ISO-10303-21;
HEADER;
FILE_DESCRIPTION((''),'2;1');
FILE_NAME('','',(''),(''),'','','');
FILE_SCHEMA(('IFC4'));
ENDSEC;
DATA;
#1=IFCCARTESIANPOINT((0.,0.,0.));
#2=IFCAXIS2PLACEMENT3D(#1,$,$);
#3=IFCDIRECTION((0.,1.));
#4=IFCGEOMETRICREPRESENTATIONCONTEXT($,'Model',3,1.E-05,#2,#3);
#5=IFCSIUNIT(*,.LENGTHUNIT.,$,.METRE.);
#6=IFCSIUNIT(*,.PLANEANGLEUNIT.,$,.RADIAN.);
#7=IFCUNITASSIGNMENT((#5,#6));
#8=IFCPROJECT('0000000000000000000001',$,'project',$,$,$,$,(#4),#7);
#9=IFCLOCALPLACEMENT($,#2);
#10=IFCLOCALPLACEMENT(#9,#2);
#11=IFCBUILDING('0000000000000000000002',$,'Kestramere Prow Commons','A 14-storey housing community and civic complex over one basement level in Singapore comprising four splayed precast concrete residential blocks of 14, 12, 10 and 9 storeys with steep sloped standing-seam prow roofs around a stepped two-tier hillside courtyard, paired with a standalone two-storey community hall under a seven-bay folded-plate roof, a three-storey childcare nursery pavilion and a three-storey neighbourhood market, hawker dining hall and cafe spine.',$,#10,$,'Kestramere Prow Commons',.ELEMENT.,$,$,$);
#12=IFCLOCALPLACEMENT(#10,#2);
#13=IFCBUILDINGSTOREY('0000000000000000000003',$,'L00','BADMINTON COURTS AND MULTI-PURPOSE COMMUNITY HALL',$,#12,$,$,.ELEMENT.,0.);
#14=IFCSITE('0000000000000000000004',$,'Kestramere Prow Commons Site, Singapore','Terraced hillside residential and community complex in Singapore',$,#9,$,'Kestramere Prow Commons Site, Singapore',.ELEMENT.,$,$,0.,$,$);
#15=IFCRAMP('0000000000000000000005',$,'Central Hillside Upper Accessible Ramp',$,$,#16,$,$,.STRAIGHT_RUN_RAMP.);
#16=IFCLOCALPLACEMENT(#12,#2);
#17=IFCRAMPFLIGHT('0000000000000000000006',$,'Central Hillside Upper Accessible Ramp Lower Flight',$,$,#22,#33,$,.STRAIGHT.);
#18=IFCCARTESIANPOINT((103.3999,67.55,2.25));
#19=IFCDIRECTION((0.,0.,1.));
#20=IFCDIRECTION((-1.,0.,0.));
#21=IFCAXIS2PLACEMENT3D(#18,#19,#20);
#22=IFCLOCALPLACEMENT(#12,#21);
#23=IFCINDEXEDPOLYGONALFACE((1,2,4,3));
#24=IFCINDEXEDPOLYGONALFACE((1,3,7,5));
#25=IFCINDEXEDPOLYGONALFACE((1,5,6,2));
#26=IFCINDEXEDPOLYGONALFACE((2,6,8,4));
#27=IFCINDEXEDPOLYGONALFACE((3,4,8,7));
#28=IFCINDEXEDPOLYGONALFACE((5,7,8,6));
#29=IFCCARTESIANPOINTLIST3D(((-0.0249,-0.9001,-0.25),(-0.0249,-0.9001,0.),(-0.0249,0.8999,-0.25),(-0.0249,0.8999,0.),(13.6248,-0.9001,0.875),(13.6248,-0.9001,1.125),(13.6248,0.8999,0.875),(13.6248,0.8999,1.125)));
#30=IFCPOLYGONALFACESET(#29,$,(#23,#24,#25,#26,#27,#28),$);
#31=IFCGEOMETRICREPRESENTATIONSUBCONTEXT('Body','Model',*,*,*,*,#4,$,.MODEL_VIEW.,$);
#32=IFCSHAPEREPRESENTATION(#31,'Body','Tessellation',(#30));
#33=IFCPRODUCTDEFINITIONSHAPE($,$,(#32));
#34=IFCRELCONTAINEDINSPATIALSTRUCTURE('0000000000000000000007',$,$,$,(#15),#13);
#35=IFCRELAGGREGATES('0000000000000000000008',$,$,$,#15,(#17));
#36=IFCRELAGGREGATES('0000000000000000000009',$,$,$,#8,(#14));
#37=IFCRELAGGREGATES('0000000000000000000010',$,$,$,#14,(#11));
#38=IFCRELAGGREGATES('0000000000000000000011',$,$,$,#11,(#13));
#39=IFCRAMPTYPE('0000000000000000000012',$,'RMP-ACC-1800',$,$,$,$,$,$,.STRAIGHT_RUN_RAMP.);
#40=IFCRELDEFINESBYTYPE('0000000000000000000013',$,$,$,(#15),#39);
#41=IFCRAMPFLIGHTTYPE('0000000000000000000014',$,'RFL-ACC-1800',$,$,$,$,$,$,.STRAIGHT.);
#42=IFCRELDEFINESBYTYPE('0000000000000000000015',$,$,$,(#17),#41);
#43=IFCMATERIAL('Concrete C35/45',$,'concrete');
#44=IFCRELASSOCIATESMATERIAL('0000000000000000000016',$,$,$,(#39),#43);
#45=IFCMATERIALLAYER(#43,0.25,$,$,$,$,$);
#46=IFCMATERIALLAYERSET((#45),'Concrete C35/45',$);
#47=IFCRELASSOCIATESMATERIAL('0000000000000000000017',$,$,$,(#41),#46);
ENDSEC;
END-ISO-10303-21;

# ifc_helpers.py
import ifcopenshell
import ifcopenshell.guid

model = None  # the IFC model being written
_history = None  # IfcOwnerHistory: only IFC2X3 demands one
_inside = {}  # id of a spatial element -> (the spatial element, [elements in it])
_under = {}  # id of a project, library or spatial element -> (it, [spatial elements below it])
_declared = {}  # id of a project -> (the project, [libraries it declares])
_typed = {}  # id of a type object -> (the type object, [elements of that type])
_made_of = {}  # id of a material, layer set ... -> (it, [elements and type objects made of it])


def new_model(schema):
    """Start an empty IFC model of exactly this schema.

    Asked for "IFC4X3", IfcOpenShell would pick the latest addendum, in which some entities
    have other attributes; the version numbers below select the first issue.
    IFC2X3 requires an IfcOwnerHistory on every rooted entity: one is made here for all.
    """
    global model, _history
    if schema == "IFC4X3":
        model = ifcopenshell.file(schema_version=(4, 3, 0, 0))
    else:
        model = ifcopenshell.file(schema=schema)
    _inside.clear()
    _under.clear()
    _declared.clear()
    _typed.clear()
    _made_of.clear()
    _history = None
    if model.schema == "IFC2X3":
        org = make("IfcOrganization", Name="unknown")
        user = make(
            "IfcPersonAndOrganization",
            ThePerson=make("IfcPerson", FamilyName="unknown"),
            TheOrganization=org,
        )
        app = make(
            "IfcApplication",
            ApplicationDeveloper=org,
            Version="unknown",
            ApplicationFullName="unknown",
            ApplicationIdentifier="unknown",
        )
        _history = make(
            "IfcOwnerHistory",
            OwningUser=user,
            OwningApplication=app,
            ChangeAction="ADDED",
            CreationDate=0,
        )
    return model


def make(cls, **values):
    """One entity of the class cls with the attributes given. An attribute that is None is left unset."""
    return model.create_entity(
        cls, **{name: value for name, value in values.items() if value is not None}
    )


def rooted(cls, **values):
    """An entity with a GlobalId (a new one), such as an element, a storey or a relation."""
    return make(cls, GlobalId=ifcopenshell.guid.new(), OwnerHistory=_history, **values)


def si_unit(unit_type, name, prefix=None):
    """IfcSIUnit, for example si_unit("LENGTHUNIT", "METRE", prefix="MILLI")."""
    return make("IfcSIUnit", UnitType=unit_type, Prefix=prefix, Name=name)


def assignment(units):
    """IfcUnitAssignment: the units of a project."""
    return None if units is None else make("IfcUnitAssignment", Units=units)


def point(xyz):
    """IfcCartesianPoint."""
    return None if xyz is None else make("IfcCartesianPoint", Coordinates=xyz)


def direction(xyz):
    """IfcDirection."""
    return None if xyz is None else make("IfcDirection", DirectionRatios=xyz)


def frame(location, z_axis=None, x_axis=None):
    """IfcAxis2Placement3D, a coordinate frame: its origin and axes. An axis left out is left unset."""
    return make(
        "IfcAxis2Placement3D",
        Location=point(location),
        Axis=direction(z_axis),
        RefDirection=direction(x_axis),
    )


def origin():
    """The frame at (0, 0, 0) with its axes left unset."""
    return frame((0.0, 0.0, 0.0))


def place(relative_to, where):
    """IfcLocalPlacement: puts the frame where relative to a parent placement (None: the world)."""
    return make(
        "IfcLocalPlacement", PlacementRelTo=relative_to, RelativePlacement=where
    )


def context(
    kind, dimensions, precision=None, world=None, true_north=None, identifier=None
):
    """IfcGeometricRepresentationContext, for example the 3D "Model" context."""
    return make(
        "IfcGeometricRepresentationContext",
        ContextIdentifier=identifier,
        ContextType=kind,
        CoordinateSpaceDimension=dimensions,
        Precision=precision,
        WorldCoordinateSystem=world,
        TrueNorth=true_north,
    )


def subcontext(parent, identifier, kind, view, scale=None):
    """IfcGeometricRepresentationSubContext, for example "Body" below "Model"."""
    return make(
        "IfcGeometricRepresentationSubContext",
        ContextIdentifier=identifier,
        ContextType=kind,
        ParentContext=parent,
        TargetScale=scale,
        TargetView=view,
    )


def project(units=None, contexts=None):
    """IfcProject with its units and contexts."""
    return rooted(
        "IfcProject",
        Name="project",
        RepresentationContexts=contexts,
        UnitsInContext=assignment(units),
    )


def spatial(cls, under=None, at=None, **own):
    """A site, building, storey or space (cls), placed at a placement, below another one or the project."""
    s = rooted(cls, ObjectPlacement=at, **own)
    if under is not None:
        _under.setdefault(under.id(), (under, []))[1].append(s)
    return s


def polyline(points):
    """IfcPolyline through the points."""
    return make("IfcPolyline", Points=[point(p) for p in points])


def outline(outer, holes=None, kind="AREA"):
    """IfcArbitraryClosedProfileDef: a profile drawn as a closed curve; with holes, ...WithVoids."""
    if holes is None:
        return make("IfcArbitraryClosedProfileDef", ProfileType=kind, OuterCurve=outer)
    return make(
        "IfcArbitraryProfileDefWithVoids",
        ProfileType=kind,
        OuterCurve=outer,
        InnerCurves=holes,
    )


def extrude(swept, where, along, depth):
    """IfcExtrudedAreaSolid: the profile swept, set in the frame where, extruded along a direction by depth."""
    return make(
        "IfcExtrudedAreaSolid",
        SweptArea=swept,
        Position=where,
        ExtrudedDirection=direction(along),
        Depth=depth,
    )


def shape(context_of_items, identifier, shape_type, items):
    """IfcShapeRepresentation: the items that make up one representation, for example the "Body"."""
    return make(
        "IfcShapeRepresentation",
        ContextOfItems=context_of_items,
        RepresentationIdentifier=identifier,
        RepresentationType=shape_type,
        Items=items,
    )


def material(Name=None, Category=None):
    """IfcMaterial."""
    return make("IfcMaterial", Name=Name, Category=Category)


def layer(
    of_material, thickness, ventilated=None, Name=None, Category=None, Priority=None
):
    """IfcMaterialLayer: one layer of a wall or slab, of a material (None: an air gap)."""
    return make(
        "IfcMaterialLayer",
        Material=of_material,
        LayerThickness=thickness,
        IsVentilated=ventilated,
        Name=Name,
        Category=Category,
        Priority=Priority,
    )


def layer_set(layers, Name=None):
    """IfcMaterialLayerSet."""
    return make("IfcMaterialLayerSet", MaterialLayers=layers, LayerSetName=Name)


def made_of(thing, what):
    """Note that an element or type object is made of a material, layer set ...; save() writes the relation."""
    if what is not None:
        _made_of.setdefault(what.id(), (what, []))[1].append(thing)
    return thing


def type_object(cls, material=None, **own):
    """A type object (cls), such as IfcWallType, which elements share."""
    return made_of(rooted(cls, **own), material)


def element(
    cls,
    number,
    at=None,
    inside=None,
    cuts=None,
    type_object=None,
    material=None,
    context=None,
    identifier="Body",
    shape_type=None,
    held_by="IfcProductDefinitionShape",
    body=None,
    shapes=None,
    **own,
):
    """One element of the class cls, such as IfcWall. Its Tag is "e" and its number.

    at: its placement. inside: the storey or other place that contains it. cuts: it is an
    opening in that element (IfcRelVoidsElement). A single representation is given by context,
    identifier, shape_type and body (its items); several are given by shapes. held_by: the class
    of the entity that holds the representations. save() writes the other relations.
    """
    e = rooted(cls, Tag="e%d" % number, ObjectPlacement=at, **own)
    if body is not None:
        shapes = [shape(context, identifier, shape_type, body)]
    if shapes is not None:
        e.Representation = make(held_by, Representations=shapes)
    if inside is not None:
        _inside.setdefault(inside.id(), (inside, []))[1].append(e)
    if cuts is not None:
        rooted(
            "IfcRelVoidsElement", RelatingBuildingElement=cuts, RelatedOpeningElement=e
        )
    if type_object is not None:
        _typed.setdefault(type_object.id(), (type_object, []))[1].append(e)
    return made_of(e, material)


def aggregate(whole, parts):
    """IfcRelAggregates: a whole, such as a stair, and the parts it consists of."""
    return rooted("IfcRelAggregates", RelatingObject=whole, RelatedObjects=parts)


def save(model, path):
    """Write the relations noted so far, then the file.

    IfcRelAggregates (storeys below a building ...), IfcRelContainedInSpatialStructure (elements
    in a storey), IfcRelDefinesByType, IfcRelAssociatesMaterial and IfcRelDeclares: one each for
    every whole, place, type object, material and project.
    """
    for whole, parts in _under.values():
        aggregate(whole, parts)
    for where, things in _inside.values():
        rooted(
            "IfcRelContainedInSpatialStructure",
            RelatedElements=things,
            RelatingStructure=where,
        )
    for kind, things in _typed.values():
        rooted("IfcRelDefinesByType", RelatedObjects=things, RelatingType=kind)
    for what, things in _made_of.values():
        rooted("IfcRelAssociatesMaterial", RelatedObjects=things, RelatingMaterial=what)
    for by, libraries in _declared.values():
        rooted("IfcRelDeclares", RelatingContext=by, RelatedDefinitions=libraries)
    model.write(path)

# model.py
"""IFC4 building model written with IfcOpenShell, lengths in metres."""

from ifc_helpers import new_model, si_unit, direction, frame, origin, place, context, subcontext, project, spatial, polyline, outline, extrude, material, layer, layer_set, type_object, element, aggregate, save


model = new_model("IFC4")

# Units and contexts
model_context = context("Model", 3, precision=1e-05, world=origin(), true_north=direction((0.0, 1.0)))
body_context = subcontext(model_context, "Body", "Model", "MODEL_VIEW")
ifc_project = project(units=[si_unit("LENGTHUNIT", "METRE"), si_unit("PLANEANGLEUNIT", "RADIAN")], contexts=[model_context])

# Site, building, storey
site_placement = place(None, origin())
site = spatial("IfcSite", under=ifc_project, at=site_placement, Name="Kestramere Prow Commons Site, Singapore", Description="Terraced hillside residential and community complex in Singapore", LongName="Kestramere Prow Commons Site, Singapore", CompositionType="ELEMENT", RefElevation=0.0)
building_placement = place(site_placement, origin())
building = spatial("IfcBuilding", under=site, at=building_placement, Name="Kestramere Prow Commons", Description="A 14-storey housing community and civic complex over one basement level in Singapore comprising four splayed precast concrete residential blocks of 14, 12, 10 and 9 storeys with steep sloped standing-seam prow roofs around a stepped two-tier hillside courtyard, paired with a standalone two-storey community hall under a seven-bay folded-plate roof, a three-storey childcare nursery pavilion and a three-storey neighbourhood market, hawker dining hall and cafe spine.", LongName="Kestramere Prow Commons", CompositionType="ELEMENT")
storey_placement = place(building_placement, origin())
storey = spatial("IfcBuildingStorey", under=building, at=storey_placement, Name="L00", Description="BADMINTON COURTS AND MULTI-PURPOSE COMMUNITY HALL", CompositionType="ELEMENT", Elevation=0.0)

# Shared definitions
ifc_material_1 = material(Name="Concrete C35/45", Category="concrete")

# Ramp, ramp flight
ramp_type = type_object("IfcRampType", Name="RMP-ACC-1800", PredefinedType="STRAIGHT_RUN_RAMP", material=ifc_material_1)
ramp_placement = place(storey_placement, origin())
ramp = element("IfcRamp", 1, at=ramp_placement, inside=storey, type_object=ramp_type, Name="Central Hillside Upper Accessible Ramp", PredefinedType="STRAIGHT_RUN_RAMP")
ifc_layer_1 = layer(ifc_material_1, 0.25)
ifc_layer_set_1 = layer_set([ifc_layer_1], Name="Concrete C35/45")
ramp_flight_type = type_object("IfcRampFlightType", Name="RFL-ACC-1800", PredefinedType="STRAIGHT", material=ifc_layer_set_1)
ramp_flight_placement = place(storey_placement, frame((103.3999, 67.55, 2.25), z_axis=(0.0, 0.0, 1.0), x_axis=(-1.0, 0.0, 0.0)))
ramp_flight = element("IfcRampFlight", 2, at=ramp_flight_placement, type_object=ramp_flight_type, Name="Central Hillside Upper Accessible Ramp Lower Flight", PredefinedType="STRAIGHT", context=body_context, shape_type="SweptSolid", body=[
    extrude(outline(polyline([(-0.0249, 0.0), (13.6248, 1.125), (13.6248, 0.875), (-0.0249, -0.25), (-0.0249, 0.0)])), frame((0.0, 0.8999, 0.0), z_axis=(0.0, -1.0, 0.0), x_axis=(1.0, 0.0, 0.0)), (0.0, 0.0, 1.0), 1.8),
])
aggregate(ramp, [ramp_flight])

save(model, "model.ifc")
